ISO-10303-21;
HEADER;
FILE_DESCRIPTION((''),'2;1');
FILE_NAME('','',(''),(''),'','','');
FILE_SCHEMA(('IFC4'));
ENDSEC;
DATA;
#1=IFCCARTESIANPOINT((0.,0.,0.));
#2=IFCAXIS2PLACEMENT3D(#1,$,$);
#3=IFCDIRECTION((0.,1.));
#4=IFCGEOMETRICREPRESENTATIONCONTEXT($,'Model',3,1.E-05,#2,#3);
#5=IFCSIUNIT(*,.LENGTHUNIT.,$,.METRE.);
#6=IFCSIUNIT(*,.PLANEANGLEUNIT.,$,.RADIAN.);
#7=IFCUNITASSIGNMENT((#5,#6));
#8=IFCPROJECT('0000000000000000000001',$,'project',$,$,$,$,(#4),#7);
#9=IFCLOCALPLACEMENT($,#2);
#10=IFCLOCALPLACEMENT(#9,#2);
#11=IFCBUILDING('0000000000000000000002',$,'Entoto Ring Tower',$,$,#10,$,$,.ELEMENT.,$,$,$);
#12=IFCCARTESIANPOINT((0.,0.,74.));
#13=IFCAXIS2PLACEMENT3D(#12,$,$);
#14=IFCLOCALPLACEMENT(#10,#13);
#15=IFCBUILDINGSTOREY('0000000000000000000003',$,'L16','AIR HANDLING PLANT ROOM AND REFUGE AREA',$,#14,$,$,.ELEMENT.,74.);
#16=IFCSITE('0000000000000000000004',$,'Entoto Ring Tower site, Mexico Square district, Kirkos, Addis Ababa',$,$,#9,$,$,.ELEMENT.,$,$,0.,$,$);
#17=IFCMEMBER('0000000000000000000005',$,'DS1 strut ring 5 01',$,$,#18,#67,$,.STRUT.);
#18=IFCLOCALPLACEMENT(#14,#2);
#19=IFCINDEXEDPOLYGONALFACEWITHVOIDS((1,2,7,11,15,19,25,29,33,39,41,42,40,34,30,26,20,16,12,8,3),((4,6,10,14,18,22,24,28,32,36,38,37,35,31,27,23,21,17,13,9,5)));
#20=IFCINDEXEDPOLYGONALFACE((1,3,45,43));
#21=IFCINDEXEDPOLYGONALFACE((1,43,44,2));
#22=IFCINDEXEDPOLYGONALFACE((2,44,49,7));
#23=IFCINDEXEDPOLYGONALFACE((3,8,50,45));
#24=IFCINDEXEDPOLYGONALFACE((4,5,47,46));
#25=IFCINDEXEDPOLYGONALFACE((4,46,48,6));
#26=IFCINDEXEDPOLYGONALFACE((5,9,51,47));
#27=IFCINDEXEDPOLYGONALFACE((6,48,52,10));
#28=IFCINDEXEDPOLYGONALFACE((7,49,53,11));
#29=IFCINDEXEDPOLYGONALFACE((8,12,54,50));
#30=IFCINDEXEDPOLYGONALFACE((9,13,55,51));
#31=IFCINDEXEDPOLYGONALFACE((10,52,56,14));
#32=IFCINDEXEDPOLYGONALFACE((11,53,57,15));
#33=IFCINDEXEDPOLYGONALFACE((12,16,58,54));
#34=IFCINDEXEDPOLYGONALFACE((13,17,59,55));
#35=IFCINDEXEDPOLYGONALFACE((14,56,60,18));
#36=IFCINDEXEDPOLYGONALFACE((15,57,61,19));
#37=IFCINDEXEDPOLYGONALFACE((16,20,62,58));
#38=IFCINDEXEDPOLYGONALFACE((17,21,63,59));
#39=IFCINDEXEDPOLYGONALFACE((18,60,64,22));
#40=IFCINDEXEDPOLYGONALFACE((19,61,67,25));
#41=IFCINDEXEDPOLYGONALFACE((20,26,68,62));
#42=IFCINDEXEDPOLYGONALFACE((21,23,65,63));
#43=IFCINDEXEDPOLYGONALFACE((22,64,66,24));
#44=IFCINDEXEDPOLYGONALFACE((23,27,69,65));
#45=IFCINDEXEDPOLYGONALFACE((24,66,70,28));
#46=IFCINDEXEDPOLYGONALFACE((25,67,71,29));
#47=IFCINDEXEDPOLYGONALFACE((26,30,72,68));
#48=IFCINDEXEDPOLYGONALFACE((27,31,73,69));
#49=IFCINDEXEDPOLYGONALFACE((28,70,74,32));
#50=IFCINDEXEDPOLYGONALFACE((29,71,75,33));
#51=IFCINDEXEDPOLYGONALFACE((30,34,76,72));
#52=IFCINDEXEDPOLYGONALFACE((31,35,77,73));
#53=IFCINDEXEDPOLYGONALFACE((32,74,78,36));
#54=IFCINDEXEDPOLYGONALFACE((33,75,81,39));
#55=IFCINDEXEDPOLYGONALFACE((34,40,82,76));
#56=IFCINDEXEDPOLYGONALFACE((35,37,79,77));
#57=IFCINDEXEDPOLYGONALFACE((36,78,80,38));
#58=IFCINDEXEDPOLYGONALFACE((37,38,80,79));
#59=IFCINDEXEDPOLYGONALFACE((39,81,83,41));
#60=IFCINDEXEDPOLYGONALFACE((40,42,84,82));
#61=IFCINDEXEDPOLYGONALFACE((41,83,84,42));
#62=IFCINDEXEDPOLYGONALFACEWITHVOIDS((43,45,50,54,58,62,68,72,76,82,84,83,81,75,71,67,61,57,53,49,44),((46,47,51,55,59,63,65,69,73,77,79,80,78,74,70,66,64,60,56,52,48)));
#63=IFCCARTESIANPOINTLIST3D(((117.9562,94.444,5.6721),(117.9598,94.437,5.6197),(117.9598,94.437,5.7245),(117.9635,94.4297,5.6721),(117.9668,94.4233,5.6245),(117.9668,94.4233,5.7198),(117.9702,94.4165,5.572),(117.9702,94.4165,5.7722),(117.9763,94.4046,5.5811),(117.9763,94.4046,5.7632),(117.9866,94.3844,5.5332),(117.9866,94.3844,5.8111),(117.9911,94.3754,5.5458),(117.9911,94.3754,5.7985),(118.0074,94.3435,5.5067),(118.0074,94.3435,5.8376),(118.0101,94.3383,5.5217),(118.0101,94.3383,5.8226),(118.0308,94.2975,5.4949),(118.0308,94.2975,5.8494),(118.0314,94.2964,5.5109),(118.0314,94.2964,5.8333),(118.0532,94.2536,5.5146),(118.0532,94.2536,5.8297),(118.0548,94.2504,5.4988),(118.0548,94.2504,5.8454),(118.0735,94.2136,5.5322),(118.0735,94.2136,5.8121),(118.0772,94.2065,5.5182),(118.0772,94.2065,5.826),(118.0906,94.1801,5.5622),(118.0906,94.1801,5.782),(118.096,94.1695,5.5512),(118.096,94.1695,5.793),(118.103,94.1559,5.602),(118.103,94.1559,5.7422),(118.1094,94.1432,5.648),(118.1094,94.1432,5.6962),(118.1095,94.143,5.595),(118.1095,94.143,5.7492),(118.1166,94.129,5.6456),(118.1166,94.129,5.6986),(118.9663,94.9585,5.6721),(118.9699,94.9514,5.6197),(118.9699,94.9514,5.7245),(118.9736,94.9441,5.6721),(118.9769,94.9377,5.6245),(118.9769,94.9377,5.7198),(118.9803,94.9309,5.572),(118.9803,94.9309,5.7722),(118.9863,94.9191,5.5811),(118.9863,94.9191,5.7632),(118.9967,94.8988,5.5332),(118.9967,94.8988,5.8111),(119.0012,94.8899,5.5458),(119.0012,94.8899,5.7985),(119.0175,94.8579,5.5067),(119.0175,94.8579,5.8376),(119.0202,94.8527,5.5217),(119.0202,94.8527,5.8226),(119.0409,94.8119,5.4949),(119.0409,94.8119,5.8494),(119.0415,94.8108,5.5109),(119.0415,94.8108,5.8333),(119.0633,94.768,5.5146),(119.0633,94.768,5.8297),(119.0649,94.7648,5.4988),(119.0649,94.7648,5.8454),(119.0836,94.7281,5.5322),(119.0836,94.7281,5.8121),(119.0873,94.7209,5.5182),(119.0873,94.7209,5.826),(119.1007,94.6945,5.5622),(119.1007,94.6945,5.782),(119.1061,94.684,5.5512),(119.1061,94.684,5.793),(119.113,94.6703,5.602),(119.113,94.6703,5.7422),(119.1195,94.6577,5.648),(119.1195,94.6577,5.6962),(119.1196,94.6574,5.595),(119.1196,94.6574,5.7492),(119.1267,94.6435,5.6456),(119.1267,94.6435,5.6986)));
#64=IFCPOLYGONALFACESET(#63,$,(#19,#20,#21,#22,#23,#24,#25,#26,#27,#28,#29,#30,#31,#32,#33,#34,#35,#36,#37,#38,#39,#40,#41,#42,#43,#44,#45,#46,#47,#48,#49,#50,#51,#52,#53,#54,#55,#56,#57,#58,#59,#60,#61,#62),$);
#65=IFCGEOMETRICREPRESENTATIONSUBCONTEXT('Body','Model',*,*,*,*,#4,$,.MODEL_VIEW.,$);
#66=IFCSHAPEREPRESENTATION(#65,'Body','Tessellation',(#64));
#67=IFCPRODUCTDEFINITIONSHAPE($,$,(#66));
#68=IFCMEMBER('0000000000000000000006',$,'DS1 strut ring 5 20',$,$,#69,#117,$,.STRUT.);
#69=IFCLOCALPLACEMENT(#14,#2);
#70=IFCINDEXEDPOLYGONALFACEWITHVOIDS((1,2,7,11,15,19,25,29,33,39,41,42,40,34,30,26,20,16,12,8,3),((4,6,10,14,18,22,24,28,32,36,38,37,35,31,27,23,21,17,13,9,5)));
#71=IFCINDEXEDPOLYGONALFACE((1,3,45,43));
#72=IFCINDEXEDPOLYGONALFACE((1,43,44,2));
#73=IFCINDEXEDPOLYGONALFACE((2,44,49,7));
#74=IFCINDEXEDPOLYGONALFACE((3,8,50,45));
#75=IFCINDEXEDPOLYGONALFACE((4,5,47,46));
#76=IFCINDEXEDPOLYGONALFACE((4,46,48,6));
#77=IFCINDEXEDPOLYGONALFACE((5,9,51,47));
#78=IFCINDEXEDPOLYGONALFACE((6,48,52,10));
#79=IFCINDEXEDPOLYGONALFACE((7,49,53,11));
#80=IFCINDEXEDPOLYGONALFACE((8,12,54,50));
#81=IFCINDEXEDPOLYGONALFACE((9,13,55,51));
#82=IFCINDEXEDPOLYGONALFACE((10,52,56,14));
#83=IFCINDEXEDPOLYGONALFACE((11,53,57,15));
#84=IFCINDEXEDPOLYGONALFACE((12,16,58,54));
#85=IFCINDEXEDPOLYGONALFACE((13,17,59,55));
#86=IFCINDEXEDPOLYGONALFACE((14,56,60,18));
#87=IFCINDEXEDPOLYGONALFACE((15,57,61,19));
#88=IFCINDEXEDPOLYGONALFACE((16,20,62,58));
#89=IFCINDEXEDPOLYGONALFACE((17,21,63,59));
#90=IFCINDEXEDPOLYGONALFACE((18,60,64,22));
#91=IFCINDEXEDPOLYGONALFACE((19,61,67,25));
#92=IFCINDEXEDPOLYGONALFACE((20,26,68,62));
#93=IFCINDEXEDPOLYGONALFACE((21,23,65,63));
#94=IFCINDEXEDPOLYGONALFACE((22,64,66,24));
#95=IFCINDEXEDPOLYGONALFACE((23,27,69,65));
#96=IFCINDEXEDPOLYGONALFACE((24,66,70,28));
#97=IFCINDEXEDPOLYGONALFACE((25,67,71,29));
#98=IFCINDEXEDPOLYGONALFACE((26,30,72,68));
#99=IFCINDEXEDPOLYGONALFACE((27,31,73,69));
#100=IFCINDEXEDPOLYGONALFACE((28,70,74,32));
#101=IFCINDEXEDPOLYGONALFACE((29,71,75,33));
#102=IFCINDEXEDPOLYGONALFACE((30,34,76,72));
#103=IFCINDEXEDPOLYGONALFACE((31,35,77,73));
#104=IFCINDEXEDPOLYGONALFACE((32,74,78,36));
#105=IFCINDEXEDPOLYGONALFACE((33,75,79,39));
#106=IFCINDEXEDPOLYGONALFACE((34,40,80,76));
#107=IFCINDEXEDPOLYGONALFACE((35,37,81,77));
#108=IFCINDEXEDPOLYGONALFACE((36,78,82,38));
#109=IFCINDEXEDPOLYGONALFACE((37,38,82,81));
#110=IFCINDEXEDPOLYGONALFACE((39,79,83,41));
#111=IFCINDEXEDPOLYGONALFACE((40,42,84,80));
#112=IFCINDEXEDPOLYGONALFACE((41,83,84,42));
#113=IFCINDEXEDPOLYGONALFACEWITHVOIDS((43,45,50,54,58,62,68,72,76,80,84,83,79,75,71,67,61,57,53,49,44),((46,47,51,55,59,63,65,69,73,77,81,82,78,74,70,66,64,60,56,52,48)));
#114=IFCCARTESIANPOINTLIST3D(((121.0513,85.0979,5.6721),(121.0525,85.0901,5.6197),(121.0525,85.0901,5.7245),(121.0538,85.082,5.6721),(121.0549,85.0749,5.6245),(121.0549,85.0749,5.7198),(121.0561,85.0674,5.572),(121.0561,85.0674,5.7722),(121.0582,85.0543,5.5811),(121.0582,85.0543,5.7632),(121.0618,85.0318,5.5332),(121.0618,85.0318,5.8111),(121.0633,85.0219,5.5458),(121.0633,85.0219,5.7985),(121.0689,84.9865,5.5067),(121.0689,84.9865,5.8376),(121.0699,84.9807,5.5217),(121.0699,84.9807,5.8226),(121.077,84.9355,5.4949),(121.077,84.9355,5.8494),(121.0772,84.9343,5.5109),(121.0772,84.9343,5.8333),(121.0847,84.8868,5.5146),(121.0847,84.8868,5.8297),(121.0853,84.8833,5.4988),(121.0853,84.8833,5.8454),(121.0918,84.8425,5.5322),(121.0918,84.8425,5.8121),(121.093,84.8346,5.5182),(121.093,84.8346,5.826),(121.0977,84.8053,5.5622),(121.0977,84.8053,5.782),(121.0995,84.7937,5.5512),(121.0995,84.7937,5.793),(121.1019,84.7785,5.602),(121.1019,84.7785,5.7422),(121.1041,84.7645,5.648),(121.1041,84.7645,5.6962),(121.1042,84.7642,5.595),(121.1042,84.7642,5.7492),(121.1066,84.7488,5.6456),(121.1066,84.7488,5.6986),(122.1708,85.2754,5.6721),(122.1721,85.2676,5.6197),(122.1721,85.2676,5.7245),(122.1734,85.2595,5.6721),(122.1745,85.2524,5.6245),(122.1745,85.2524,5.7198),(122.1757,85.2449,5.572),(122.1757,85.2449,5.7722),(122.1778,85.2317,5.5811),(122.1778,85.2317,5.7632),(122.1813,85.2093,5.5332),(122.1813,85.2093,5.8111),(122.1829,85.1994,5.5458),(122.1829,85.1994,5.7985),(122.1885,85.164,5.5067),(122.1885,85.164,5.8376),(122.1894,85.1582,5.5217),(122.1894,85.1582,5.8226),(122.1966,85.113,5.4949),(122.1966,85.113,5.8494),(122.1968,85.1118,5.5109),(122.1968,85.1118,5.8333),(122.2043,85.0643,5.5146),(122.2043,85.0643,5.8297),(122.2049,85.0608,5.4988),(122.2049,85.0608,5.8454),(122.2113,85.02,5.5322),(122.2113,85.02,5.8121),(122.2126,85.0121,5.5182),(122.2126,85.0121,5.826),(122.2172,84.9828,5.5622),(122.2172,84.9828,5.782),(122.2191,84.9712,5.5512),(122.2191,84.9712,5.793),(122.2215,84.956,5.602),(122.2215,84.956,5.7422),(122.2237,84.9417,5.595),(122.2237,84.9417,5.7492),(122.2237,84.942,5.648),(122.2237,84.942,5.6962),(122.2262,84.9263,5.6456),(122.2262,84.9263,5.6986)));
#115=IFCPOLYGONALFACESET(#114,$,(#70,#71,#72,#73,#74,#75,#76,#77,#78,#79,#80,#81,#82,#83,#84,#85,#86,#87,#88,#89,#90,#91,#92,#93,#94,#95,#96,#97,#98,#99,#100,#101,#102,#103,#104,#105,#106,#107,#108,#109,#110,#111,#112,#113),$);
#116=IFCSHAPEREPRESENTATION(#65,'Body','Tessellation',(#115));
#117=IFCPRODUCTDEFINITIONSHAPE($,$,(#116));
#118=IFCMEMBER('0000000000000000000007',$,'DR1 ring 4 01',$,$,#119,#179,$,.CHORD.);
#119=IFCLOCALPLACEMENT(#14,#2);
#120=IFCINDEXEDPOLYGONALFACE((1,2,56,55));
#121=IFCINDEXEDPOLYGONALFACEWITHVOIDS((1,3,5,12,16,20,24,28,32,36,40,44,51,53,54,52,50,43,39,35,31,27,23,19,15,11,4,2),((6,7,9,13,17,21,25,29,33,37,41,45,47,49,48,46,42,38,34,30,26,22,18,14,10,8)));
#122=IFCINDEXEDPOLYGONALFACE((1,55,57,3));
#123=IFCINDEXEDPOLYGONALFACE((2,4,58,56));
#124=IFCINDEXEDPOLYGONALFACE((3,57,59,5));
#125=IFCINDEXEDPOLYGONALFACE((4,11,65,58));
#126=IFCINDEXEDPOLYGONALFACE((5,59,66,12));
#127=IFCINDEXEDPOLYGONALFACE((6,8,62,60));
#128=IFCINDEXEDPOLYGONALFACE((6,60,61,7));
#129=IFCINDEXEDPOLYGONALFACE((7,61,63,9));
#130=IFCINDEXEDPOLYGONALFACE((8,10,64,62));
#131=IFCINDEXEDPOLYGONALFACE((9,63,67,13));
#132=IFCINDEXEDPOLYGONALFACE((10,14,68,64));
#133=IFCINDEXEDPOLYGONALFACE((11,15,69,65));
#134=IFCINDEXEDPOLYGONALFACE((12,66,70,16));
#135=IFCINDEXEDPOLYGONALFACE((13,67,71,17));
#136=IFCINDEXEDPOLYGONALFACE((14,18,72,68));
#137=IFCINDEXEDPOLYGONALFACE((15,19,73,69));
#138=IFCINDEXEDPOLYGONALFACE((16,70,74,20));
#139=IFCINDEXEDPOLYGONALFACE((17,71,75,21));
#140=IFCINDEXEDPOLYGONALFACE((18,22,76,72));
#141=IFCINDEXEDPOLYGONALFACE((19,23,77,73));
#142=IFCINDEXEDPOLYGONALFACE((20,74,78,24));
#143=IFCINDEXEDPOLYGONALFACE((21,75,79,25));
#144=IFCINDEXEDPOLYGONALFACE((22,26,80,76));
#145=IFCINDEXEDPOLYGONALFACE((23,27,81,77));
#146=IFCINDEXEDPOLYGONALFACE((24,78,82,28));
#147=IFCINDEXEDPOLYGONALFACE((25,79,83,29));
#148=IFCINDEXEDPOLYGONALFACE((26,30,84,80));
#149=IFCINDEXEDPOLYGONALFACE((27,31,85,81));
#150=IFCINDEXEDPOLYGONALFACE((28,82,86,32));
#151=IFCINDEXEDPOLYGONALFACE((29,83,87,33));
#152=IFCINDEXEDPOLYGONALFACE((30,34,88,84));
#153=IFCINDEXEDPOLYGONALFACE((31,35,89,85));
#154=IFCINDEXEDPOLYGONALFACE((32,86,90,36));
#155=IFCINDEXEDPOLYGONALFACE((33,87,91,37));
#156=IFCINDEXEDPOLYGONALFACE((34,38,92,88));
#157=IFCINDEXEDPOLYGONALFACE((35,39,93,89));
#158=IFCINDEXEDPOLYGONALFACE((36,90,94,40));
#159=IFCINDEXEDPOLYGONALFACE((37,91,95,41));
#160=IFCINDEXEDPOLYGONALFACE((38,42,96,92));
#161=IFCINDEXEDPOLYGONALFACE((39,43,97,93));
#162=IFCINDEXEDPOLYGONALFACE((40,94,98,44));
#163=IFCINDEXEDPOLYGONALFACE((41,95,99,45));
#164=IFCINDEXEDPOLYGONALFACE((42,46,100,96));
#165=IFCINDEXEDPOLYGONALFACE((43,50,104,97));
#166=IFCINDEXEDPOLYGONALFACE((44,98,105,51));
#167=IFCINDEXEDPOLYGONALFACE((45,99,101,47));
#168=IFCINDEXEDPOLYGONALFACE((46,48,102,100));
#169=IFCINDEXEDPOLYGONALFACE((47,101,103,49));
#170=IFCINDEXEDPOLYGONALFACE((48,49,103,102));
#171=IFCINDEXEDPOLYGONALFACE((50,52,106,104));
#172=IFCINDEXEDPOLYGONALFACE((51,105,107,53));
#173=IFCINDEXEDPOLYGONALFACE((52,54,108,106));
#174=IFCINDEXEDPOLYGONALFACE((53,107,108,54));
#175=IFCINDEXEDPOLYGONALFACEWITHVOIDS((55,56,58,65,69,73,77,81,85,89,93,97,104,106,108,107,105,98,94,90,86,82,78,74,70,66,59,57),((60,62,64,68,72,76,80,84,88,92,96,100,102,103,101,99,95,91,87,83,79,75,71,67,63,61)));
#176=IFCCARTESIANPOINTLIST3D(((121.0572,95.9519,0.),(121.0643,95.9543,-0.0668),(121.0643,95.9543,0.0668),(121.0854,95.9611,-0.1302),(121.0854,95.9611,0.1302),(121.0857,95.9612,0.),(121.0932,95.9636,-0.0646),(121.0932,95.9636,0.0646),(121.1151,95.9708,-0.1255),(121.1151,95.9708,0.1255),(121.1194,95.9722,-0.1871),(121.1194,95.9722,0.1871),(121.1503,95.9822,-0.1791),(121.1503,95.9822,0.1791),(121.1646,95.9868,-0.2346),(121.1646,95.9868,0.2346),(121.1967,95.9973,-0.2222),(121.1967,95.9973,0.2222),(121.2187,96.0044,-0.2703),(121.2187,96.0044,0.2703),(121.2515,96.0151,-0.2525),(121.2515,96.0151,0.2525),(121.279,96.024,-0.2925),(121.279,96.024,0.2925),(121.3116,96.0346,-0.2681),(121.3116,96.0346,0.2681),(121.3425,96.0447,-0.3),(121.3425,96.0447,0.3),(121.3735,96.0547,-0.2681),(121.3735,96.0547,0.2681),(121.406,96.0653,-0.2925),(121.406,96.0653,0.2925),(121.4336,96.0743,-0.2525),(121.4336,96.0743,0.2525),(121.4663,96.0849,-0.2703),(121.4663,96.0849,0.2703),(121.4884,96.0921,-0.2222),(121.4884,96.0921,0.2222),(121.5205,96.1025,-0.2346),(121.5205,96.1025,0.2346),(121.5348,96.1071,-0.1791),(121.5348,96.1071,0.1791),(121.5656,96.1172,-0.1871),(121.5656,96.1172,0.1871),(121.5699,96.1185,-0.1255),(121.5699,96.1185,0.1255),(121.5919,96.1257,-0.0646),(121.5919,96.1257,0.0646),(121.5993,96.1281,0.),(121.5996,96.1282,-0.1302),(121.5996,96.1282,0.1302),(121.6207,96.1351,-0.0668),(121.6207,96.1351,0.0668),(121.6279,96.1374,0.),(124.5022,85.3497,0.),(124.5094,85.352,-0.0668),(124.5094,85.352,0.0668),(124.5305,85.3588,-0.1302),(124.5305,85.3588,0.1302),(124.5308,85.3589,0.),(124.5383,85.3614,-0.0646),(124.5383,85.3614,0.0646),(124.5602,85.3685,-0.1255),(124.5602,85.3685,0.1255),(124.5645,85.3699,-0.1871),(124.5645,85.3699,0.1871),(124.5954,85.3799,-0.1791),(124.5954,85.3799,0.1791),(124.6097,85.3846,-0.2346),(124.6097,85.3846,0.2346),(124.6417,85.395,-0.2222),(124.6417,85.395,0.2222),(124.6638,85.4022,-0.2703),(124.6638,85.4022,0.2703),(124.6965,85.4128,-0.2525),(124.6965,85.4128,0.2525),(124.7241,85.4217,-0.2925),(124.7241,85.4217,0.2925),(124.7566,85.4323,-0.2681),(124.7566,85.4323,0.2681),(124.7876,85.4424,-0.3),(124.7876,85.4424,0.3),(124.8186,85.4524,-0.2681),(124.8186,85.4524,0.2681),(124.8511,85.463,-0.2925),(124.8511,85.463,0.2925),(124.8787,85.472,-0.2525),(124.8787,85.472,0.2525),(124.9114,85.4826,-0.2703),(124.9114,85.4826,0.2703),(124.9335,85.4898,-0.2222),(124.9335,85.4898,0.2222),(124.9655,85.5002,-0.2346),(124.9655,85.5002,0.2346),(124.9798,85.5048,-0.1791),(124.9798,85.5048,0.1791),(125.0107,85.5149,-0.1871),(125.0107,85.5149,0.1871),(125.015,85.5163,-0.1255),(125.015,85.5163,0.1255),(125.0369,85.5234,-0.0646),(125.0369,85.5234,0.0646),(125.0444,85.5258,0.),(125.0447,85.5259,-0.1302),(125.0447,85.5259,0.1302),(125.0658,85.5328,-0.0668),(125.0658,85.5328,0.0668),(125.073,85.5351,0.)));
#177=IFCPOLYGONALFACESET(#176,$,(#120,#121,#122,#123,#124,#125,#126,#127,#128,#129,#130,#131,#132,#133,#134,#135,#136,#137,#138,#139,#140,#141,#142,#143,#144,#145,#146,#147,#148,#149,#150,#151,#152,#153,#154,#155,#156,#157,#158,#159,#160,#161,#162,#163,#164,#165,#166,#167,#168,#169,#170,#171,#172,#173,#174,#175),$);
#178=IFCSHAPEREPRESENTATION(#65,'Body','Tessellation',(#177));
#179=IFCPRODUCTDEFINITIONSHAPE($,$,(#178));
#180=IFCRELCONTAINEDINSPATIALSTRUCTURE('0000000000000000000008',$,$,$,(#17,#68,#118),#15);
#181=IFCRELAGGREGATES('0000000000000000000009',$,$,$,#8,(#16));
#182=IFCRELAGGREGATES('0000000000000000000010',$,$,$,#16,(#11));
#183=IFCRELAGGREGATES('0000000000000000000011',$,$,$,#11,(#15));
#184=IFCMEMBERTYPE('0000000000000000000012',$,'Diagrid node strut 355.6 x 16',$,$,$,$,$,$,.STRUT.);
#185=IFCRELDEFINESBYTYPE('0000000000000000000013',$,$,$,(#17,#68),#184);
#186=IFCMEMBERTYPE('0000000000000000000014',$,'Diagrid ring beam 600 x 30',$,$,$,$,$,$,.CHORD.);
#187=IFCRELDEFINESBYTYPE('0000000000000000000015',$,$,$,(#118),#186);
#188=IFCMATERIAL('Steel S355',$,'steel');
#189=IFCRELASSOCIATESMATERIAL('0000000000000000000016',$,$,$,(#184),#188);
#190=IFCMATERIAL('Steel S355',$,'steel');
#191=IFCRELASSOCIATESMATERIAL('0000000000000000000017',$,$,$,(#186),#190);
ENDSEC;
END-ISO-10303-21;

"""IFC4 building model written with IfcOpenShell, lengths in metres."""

from ifc_helpers import new_model, si_unit, direction, frame, origin, origin_2d, place, context, subcontext, project, spatial, circle, hollow_circle, extrude, material, material_profile, profile_set, type_object, element, save


model = new_model("IFC4")

# Units and contexts
model_context = context("Model", 3, precision=1e-05, world=origin(), true_north=direction((0.0, 1.0)))
body_context = subcontext(model_context, "Body", "Model", "MODEL_VIEW")
ifc_project = project(units=[si_unit("LENGTHUNIT", "METRE"), si_unit("PLANEANGLEUNIT", "RADIAN")], contexts=[model_context])

# Site, building, storey
site_placement = place(None, origin())
site = spatial("IfcSite", under=ifc_project, at=site_placement, Name="Entoto Ring Tower site, Mexico Square district, Kirkos, Addis Ababa", CompositionType="ELEMENT", RefElevation=0.0)
building_placement = place(site_placement, origin())
building = spatial("IfcBuilding", under=site, at=building_placement, Name="Entoto Ring Tower", CompositionType="ELEMENT")
storey_placement = place(building_placement, frame((0.0, 0.0, 74.0)))
storey = spatial("IfcBuildingStorey", under=building, at=storey_placement, Name="L16", Description="AIR HANDLING PLANT ROOM AND REFUGE AREA", CompositionType="ELEMENT", Elevation=74.0)

# Members
ifc_material_1 = material(Name="Steel S355", Category="steel")
ifc_material_profile_1 = material_profile(ifc_material_1, hollow_circle(Radius=0.1777, WallThickness=0.0161, at=origin_2d()), Name="CHS 355.6 x 16")
ifc_material_2 = material(Name="Concrete C60/75", Category="concrete")
ifc_material_profile_2 = material_profile(ifc_material_2, circle(Radius=0.1619, at=origin_2d()), Name="Concrete C60/75 infill")
ifc_profile_set_1 = profile_set([ifc_material_profile_1, ifc_material_profile_2], Name="Steel S355")
member_type_1 = type_object("IfcMemberType", Name="Diagrid node strut 355.6 x 16", PredefinedType="STRUT", material=ifc_profile_set_1)
for number, where, z_axis, x_axis, name in (
    (1, (118.0369, 94.2856, 5.6721), (0.891086, 0.453835, 0.0), (-0.453835, 0.891086, 0.0), "DS1 strut ring 5 01"),
    (2, (121.0791, 84.9224, 5.6721), (0.987667, 0.156571, 0.0), (-0.156571, 0.987667, 0.0), "DS1 strut ring 5 20"),
):
    element("IfcMember", number, at=place(storey_placement, frame(where, z_axis=z_axis, x_axis=x_axis)), inside=storey, type_object=member_type_1, Name=name, PredefinedType="STRUT", context=body_context, shape_type="SweptSolid", body=[
        extrude(hollow_circle(Radius=0.1777, WallThickness=0.0161, at=origin_2d()), origin(), (0.0, 0.0, 1.0), 1.1335),
    ])
ifc_material_3 = material(Name="Steel S355", Category="steel")
ifc_material_profile_3 = material_profile(ifc_material_3, hollow_circle(Radius=0.3, WallThickness=0.03, at=origin_2d()), Name="CHS 600 x 30")
ifc_material_4 = material(Name="Concrete C60/75", Category="concrete")
ifc_material_profile_4 = material_profile(ifc_material_4, circle(Radius=0.27, at=origin_2d()), Name="Concrete C60/75 infill")
ifc_profile_set_2 = profile_set([ifc_material_profile_3, ifc_material_profile_4], Name="Steel S355")
member_type_2 = type_object("IfcMemberType", Name="Diagrid ring beam 600 x 30", PredefinedType="CHORD", material=ifc_profile_set_2)
member_1_placement = place(storey_placement, frame((124.7876, 85.4424, 0.0), z_axis=(-0.309031, 0.951052, 0.0), x_axis=(-0.951052, -0.309031, 0.0)))
element("IfcMember", 3, at=member_1_placement, inside=storey, type_object=member_type_2, Name="DR1 ring 4 01", PredefinedType="CHORD", context=body_context, shape_type="SweptSolid", body=[
    extrude(hollow_circle(Radius=0.3, WallThickness=0.03, at=origin_2d()), origin(), (0.0, 0.0, 1.0), 11.1479),
])

save(model, "model.ifc")
